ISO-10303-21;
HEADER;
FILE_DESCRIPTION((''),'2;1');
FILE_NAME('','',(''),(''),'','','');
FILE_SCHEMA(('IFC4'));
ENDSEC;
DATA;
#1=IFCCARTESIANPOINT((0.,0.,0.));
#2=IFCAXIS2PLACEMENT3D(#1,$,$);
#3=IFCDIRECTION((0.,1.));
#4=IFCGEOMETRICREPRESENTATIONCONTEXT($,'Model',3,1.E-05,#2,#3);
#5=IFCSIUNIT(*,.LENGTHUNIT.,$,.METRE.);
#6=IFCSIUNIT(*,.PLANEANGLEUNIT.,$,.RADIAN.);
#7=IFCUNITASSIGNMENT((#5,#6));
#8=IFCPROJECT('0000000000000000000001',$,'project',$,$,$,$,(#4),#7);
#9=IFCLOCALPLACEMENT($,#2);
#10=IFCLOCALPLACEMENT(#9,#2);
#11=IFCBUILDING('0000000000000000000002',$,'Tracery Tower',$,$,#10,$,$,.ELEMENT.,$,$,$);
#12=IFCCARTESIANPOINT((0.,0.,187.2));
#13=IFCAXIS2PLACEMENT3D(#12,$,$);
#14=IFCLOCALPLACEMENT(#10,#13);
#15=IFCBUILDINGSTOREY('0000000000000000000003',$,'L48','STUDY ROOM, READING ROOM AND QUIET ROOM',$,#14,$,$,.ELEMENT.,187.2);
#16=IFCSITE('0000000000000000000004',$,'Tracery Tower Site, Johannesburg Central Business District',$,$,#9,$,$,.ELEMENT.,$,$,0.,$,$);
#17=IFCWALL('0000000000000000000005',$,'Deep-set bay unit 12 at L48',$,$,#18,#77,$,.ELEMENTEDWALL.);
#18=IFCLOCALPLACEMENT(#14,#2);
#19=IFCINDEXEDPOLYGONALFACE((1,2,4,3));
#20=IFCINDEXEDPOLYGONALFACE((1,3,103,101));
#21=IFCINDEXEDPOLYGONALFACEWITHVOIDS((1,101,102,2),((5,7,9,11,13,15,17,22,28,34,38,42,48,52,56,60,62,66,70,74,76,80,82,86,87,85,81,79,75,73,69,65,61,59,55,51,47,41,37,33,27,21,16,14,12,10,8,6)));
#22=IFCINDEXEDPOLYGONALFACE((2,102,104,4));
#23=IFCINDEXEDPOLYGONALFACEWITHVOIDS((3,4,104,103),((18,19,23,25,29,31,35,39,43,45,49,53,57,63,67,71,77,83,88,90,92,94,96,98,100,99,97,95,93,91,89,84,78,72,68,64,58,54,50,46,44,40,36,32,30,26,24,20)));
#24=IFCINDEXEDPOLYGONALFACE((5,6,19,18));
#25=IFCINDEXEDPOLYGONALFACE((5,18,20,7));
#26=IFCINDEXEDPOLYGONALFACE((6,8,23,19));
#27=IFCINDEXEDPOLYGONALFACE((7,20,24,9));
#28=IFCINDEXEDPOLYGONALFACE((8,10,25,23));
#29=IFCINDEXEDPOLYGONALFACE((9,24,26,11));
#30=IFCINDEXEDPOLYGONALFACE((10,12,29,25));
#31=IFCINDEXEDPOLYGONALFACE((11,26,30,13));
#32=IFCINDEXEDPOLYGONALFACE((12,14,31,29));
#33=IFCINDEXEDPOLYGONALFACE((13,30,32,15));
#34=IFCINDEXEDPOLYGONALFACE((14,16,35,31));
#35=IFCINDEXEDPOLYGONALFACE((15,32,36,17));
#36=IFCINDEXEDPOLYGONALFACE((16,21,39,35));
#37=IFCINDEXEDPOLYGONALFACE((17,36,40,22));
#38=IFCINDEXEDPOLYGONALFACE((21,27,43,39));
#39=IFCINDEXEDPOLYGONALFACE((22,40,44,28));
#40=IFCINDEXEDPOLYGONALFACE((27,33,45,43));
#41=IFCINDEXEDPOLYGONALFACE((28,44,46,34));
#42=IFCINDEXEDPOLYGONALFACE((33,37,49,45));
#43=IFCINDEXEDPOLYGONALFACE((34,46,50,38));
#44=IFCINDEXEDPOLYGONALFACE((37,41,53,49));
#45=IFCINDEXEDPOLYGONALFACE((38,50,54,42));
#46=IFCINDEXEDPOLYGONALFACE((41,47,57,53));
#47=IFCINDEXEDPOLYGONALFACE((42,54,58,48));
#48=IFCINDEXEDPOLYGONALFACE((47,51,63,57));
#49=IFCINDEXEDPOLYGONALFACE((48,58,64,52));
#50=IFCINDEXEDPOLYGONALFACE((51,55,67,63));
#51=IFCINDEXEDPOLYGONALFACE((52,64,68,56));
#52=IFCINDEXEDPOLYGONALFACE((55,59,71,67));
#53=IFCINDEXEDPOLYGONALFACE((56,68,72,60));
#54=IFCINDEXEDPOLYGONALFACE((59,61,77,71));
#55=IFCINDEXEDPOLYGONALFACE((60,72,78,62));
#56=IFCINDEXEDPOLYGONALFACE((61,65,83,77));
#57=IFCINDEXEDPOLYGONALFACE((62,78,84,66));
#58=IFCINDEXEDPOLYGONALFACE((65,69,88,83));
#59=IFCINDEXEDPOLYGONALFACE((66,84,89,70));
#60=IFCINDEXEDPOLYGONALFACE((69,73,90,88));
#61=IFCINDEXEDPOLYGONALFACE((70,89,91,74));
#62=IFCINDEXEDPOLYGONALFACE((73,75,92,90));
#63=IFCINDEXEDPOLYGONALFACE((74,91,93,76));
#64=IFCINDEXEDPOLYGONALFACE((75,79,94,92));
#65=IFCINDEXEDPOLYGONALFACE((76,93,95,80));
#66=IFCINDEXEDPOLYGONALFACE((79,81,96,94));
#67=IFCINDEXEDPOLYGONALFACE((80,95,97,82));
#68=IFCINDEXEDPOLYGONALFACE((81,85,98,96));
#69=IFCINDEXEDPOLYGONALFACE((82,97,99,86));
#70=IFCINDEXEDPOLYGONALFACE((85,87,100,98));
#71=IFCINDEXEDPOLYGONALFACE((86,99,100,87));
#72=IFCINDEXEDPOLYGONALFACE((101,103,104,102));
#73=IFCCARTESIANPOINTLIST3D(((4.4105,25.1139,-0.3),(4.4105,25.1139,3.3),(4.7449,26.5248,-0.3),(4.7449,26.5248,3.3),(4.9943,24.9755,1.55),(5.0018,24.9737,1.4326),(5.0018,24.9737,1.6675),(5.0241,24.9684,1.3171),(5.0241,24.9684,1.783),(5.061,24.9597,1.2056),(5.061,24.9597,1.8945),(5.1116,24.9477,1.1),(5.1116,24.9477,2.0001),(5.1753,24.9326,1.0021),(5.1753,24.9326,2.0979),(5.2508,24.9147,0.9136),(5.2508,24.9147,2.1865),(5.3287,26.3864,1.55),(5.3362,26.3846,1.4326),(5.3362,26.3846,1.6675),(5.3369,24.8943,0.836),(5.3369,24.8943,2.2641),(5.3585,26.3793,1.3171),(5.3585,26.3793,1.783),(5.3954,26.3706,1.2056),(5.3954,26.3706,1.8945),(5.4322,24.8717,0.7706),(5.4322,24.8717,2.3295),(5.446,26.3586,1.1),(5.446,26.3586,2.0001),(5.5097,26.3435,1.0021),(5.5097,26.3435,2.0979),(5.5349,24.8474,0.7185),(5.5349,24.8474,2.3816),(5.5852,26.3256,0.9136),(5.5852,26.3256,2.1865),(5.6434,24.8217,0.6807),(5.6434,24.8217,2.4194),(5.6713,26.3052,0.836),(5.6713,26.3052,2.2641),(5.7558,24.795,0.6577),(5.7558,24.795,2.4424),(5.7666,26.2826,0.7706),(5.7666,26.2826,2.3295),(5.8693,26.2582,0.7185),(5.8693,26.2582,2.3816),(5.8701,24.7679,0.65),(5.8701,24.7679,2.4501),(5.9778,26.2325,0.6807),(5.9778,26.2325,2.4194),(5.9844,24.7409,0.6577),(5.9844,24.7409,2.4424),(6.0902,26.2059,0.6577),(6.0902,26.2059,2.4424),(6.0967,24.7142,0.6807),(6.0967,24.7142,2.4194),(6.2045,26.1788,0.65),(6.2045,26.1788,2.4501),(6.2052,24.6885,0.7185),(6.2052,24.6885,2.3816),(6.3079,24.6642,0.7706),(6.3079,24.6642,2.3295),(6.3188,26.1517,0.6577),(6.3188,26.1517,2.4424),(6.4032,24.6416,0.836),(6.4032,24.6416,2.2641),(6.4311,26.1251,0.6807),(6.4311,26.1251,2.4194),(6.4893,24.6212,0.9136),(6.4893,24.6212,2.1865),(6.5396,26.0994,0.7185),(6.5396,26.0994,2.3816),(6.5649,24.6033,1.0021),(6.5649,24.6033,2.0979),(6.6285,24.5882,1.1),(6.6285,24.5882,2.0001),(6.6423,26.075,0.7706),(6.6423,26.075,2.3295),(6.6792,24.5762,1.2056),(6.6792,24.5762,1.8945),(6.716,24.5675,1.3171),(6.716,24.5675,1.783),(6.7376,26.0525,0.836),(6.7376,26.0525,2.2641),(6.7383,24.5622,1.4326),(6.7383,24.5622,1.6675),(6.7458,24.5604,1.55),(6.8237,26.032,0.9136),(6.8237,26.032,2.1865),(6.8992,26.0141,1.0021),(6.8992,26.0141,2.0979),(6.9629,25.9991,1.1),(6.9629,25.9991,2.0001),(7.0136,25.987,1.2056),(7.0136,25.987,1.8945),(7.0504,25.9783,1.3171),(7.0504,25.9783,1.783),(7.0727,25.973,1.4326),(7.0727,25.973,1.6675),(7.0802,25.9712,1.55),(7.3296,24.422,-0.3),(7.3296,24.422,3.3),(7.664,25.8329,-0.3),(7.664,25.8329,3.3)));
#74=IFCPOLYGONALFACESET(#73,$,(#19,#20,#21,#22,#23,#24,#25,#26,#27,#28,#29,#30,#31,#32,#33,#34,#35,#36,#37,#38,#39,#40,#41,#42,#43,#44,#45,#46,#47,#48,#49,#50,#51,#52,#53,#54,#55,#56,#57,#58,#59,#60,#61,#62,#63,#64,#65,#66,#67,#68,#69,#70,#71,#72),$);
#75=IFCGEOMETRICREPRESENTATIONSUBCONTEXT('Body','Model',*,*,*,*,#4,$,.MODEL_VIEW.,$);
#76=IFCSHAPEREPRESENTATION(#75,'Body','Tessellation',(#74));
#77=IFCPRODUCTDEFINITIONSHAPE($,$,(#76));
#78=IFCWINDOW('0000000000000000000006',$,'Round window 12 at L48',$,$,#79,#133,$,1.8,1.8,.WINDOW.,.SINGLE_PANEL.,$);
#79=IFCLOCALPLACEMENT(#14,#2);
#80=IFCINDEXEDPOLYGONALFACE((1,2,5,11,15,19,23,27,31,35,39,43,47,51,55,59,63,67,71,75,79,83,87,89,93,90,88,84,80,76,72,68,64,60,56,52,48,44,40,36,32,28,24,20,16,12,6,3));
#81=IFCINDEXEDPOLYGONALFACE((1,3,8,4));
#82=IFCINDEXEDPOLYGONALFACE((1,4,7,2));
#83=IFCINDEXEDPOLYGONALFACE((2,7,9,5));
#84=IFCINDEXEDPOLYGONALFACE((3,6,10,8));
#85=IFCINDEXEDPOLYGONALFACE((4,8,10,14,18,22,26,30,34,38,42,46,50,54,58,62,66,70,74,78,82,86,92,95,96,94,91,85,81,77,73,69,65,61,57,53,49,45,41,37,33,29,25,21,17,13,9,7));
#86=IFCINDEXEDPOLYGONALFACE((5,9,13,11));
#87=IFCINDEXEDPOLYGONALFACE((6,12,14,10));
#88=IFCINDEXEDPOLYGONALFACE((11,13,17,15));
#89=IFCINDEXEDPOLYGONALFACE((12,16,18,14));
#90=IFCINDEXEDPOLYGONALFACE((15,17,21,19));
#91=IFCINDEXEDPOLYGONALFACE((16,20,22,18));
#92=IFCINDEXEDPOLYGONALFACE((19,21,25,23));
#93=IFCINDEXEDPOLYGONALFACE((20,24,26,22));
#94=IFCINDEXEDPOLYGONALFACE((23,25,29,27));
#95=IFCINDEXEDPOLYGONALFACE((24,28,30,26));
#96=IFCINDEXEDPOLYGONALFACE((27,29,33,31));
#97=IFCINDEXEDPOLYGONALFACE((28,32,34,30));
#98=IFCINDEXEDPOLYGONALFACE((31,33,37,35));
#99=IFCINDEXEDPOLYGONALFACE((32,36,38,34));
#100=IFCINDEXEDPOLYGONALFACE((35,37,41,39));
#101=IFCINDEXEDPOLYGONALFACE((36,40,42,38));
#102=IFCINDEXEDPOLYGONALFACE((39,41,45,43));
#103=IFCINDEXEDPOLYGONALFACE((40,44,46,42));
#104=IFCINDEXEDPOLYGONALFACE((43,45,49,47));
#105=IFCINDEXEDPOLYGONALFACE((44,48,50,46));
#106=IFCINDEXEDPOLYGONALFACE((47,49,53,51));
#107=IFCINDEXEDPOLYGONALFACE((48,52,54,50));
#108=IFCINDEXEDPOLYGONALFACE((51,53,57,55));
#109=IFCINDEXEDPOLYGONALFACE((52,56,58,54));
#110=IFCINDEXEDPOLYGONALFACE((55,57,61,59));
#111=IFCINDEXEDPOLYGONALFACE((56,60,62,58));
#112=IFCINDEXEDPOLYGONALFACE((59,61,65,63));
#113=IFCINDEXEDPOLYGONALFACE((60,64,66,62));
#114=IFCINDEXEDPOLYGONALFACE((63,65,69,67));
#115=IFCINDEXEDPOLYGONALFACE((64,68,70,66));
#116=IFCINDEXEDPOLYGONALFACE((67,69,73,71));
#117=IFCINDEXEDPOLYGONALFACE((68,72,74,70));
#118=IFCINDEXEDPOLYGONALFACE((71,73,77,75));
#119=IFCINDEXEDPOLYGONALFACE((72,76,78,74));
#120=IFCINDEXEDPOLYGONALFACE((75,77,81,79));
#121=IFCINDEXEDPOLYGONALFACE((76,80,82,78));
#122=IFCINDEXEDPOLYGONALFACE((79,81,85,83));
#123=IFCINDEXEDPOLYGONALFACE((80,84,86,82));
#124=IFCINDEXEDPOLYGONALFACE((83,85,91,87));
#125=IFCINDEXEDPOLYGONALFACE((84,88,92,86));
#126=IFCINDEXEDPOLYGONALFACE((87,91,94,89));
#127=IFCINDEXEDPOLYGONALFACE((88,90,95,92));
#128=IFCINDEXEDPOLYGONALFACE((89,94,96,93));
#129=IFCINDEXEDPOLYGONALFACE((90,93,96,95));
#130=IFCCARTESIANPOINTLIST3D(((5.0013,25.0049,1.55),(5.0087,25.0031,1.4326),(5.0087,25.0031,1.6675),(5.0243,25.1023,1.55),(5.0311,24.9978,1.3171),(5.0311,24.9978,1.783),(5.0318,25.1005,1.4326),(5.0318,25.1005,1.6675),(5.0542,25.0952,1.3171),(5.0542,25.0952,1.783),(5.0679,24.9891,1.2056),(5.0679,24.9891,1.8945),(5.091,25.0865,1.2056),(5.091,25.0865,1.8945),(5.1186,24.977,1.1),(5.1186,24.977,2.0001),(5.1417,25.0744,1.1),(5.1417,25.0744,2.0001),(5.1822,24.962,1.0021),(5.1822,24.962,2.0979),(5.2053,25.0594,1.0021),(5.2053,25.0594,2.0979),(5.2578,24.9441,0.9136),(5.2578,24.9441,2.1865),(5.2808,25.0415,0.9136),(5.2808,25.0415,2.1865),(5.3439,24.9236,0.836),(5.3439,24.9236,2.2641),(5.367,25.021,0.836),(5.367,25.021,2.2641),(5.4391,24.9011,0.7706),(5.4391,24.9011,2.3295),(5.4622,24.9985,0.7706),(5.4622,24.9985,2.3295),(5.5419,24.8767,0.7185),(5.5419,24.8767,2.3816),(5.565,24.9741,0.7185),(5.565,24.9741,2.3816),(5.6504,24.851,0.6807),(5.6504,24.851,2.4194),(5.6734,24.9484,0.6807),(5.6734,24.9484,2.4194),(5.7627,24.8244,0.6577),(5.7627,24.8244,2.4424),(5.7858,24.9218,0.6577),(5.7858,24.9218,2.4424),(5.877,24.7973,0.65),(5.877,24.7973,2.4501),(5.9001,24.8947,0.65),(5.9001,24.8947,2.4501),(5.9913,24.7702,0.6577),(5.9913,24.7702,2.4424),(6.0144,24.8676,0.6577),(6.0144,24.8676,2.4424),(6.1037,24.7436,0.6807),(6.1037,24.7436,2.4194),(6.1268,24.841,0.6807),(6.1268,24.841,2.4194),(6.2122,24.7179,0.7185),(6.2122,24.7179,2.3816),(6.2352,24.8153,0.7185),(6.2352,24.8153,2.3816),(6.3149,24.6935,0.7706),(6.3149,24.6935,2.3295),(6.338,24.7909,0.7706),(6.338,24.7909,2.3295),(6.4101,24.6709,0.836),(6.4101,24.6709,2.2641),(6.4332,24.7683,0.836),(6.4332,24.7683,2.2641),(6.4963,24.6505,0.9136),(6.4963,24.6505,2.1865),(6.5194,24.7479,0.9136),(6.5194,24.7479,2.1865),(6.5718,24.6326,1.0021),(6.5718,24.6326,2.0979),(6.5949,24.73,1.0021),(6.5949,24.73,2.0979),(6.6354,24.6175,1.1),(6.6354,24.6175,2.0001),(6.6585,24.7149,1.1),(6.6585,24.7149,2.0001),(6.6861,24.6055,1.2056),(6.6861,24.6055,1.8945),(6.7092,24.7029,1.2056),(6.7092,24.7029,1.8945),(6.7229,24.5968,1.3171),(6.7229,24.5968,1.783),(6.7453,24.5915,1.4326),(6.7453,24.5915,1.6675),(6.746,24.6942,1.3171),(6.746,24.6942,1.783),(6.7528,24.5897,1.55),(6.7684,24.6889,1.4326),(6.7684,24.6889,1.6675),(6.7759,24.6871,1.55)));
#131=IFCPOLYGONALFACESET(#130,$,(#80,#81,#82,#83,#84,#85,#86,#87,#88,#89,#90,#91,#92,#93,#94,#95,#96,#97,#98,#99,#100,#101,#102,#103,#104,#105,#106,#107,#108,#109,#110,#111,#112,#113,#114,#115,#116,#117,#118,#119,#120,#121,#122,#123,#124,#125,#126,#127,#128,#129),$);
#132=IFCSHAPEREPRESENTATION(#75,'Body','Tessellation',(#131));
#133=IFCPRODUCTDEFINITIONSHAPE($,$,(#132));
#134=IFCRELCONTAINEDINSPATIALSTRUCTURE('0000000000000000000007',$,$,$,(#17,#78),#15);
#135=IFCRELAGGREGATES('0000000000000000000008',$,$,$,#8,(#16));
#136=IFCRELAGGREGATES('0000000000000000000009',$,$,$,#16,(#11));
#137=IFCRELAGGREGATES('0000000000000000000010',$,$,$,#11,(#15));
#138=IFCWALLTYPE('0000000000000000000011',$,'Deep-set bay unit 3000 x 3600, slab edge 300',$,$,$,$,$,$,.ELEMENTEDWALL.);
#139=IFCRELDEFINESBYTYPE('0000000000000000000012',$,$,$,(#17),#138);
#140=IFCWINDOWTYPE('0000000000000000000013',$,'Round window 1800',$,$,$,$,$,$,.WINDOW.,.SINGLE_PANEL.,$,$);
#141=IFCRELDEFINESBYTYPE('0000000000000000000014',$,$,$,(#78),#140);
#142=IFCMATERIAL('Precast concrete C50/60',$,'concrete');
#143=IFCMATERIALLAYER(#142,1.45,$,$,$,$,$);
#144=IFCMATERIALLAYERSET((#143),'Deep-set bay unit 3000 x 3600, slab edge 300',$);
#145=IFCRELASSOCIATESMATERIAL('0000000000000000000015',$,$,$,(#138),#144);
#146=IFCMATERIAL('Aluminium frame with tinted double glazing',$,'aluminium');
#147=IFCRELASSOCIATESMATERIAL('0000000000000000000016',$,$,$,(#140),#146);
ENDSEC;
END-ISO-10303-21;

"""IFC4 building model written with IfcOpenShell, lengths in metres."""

from ifc_helpers import new_model, si_unit, direction, frame, frame_2d, origin, origin_2d, place, context, subcontext, project, spatial, rectangle, circle, extrude, material, layer, layer_set, type_object, element, fill, save


model = new_model("IFC4")

# Units and contexts
model_context = context("Model", 3, precision=1e-05, world=origin(), true_north=direction((0.0, 1.0)))
body_context = subcontext(model_context, "Body", "Model", "MODEL_VIEW")
ifc_project = project(units=[si_unit("LENGTHUNIT", "METRE"), si_unit("PLANEANGLEUNIT", "RADIAN")], contexts=[model_context])

# Site, building, storey
site_placement = place(None, origin())
site = spatial("IfcSite", under=ifc_project, at=site_placement, Name="Tracery Tower Site, Johannesburg Central Business District", CompositionType="ELEMENT", RefElevation=0.0)
building_placement = place(site_placement, origin())
building = spatial("IfcBuilding", under=site, at=building_placement, Name="Tracery Tower", CompositionType="ELEMENT")
storey_placement = place(building_placement, frame((0.0, 0.0, 187.2)))
storey = spatial("IfcBuildingStorey", under=building, at=storey_placement, Name="L48", Description="STUDY ROOM, READING ROOM AND QUIET ROOM", CompositionType="ELEMENT", Elevation=187.2)

# Wall, opening, window
ifc_material_1 = material(Name="Precast concrete C50/60", Category="concrete")
ifc_layer_1 = layer(ifc_material_1, 1.45)
ifc_layer_set_1 = layer_set([ifc_layer_1], Name="Deep-set bay unit 3000 x 3600, slab edge 300")
wall_type_1 = type_object("IfcWallType", Name="Deep-set bay unit 3000 x 3600, slab edge 300", PredefinedType="ELEMENTEDWALL", material=ifc_layer_set_1)
wall_1_placement = place(storey_placement, frame((7.4968, 25.1274, -0.3), z_axis=(0.0, 0.0, 1.0), x_axis=(-0.973042, 0.230627, 0.0)))
wall_1 = element("IfcWall", 1, at=wall_1_placement, inside=storey, type_object=wall_type_1, Name="Deep-set bay unit 12 at L48", PredefinedType="ELEMENTEDWALL", context=body_context, shape_type="SweptSolid", body=[
    extrude(rectangle(XDim=3.0, YDim=1.45, at=frame_2d((1.5, 0.0))), origin(), (0.0, 0.0, 1.0), 3.6001),
])
opening_1_placement = place(wall_1_placement, frame((1.5, 0.0, 1.8501)))
opening_1 = element("IfcOpeningElement", 2, at=opening_1_placement, cuts=wall_1, PredefinedType="OPENING", context=body_context, shape_type="SweptSolid", body=[
    extrude(circle(Radius=0.9, at=origin_2d()), frame((0.0, 0.7349, 0.0), z_axis=(0.0, -1.0, 0.0), x_axis=(1.0, 0.0, 0.0)), (0.0, 0.0, 1.0), 1.47),
])
ifc_material_2 = material(Name="Aluminium frame with tinted double glazing", Category="aluminium")
window_type = type_object("IfcWindowType", Name="Round window 1800", PartitioningType="SINGLE_PANEL", PredefinedType="WINDOW", material=ifc_material_2)
window_1_placement = place(opening_1_placement, origin())
window_1 = element("IfcWindow", 3, at=window_1_placement, inside=storey, type_object=window_type, Name="Round window 12 at L48", OverallHeight=1.8, OverallWidth=1.8, PartitioningType="SINGLE_PANEL", PredefinedType="WINDOW", context=body_context, shape_type="SweptSolid", body=[
    extrude(circle(Radius=0.9, at=origin_2d()), frame((0.0, 0.6948, 0.0), z_axis=(0.0, -1.0, 0.0), x_axis=(1.0, 0.0, 0.0)), (0.0, 0.0, 1.0), 0.1001),
])
fill(opening_1, window_1)

save(model, "model.ifc")
